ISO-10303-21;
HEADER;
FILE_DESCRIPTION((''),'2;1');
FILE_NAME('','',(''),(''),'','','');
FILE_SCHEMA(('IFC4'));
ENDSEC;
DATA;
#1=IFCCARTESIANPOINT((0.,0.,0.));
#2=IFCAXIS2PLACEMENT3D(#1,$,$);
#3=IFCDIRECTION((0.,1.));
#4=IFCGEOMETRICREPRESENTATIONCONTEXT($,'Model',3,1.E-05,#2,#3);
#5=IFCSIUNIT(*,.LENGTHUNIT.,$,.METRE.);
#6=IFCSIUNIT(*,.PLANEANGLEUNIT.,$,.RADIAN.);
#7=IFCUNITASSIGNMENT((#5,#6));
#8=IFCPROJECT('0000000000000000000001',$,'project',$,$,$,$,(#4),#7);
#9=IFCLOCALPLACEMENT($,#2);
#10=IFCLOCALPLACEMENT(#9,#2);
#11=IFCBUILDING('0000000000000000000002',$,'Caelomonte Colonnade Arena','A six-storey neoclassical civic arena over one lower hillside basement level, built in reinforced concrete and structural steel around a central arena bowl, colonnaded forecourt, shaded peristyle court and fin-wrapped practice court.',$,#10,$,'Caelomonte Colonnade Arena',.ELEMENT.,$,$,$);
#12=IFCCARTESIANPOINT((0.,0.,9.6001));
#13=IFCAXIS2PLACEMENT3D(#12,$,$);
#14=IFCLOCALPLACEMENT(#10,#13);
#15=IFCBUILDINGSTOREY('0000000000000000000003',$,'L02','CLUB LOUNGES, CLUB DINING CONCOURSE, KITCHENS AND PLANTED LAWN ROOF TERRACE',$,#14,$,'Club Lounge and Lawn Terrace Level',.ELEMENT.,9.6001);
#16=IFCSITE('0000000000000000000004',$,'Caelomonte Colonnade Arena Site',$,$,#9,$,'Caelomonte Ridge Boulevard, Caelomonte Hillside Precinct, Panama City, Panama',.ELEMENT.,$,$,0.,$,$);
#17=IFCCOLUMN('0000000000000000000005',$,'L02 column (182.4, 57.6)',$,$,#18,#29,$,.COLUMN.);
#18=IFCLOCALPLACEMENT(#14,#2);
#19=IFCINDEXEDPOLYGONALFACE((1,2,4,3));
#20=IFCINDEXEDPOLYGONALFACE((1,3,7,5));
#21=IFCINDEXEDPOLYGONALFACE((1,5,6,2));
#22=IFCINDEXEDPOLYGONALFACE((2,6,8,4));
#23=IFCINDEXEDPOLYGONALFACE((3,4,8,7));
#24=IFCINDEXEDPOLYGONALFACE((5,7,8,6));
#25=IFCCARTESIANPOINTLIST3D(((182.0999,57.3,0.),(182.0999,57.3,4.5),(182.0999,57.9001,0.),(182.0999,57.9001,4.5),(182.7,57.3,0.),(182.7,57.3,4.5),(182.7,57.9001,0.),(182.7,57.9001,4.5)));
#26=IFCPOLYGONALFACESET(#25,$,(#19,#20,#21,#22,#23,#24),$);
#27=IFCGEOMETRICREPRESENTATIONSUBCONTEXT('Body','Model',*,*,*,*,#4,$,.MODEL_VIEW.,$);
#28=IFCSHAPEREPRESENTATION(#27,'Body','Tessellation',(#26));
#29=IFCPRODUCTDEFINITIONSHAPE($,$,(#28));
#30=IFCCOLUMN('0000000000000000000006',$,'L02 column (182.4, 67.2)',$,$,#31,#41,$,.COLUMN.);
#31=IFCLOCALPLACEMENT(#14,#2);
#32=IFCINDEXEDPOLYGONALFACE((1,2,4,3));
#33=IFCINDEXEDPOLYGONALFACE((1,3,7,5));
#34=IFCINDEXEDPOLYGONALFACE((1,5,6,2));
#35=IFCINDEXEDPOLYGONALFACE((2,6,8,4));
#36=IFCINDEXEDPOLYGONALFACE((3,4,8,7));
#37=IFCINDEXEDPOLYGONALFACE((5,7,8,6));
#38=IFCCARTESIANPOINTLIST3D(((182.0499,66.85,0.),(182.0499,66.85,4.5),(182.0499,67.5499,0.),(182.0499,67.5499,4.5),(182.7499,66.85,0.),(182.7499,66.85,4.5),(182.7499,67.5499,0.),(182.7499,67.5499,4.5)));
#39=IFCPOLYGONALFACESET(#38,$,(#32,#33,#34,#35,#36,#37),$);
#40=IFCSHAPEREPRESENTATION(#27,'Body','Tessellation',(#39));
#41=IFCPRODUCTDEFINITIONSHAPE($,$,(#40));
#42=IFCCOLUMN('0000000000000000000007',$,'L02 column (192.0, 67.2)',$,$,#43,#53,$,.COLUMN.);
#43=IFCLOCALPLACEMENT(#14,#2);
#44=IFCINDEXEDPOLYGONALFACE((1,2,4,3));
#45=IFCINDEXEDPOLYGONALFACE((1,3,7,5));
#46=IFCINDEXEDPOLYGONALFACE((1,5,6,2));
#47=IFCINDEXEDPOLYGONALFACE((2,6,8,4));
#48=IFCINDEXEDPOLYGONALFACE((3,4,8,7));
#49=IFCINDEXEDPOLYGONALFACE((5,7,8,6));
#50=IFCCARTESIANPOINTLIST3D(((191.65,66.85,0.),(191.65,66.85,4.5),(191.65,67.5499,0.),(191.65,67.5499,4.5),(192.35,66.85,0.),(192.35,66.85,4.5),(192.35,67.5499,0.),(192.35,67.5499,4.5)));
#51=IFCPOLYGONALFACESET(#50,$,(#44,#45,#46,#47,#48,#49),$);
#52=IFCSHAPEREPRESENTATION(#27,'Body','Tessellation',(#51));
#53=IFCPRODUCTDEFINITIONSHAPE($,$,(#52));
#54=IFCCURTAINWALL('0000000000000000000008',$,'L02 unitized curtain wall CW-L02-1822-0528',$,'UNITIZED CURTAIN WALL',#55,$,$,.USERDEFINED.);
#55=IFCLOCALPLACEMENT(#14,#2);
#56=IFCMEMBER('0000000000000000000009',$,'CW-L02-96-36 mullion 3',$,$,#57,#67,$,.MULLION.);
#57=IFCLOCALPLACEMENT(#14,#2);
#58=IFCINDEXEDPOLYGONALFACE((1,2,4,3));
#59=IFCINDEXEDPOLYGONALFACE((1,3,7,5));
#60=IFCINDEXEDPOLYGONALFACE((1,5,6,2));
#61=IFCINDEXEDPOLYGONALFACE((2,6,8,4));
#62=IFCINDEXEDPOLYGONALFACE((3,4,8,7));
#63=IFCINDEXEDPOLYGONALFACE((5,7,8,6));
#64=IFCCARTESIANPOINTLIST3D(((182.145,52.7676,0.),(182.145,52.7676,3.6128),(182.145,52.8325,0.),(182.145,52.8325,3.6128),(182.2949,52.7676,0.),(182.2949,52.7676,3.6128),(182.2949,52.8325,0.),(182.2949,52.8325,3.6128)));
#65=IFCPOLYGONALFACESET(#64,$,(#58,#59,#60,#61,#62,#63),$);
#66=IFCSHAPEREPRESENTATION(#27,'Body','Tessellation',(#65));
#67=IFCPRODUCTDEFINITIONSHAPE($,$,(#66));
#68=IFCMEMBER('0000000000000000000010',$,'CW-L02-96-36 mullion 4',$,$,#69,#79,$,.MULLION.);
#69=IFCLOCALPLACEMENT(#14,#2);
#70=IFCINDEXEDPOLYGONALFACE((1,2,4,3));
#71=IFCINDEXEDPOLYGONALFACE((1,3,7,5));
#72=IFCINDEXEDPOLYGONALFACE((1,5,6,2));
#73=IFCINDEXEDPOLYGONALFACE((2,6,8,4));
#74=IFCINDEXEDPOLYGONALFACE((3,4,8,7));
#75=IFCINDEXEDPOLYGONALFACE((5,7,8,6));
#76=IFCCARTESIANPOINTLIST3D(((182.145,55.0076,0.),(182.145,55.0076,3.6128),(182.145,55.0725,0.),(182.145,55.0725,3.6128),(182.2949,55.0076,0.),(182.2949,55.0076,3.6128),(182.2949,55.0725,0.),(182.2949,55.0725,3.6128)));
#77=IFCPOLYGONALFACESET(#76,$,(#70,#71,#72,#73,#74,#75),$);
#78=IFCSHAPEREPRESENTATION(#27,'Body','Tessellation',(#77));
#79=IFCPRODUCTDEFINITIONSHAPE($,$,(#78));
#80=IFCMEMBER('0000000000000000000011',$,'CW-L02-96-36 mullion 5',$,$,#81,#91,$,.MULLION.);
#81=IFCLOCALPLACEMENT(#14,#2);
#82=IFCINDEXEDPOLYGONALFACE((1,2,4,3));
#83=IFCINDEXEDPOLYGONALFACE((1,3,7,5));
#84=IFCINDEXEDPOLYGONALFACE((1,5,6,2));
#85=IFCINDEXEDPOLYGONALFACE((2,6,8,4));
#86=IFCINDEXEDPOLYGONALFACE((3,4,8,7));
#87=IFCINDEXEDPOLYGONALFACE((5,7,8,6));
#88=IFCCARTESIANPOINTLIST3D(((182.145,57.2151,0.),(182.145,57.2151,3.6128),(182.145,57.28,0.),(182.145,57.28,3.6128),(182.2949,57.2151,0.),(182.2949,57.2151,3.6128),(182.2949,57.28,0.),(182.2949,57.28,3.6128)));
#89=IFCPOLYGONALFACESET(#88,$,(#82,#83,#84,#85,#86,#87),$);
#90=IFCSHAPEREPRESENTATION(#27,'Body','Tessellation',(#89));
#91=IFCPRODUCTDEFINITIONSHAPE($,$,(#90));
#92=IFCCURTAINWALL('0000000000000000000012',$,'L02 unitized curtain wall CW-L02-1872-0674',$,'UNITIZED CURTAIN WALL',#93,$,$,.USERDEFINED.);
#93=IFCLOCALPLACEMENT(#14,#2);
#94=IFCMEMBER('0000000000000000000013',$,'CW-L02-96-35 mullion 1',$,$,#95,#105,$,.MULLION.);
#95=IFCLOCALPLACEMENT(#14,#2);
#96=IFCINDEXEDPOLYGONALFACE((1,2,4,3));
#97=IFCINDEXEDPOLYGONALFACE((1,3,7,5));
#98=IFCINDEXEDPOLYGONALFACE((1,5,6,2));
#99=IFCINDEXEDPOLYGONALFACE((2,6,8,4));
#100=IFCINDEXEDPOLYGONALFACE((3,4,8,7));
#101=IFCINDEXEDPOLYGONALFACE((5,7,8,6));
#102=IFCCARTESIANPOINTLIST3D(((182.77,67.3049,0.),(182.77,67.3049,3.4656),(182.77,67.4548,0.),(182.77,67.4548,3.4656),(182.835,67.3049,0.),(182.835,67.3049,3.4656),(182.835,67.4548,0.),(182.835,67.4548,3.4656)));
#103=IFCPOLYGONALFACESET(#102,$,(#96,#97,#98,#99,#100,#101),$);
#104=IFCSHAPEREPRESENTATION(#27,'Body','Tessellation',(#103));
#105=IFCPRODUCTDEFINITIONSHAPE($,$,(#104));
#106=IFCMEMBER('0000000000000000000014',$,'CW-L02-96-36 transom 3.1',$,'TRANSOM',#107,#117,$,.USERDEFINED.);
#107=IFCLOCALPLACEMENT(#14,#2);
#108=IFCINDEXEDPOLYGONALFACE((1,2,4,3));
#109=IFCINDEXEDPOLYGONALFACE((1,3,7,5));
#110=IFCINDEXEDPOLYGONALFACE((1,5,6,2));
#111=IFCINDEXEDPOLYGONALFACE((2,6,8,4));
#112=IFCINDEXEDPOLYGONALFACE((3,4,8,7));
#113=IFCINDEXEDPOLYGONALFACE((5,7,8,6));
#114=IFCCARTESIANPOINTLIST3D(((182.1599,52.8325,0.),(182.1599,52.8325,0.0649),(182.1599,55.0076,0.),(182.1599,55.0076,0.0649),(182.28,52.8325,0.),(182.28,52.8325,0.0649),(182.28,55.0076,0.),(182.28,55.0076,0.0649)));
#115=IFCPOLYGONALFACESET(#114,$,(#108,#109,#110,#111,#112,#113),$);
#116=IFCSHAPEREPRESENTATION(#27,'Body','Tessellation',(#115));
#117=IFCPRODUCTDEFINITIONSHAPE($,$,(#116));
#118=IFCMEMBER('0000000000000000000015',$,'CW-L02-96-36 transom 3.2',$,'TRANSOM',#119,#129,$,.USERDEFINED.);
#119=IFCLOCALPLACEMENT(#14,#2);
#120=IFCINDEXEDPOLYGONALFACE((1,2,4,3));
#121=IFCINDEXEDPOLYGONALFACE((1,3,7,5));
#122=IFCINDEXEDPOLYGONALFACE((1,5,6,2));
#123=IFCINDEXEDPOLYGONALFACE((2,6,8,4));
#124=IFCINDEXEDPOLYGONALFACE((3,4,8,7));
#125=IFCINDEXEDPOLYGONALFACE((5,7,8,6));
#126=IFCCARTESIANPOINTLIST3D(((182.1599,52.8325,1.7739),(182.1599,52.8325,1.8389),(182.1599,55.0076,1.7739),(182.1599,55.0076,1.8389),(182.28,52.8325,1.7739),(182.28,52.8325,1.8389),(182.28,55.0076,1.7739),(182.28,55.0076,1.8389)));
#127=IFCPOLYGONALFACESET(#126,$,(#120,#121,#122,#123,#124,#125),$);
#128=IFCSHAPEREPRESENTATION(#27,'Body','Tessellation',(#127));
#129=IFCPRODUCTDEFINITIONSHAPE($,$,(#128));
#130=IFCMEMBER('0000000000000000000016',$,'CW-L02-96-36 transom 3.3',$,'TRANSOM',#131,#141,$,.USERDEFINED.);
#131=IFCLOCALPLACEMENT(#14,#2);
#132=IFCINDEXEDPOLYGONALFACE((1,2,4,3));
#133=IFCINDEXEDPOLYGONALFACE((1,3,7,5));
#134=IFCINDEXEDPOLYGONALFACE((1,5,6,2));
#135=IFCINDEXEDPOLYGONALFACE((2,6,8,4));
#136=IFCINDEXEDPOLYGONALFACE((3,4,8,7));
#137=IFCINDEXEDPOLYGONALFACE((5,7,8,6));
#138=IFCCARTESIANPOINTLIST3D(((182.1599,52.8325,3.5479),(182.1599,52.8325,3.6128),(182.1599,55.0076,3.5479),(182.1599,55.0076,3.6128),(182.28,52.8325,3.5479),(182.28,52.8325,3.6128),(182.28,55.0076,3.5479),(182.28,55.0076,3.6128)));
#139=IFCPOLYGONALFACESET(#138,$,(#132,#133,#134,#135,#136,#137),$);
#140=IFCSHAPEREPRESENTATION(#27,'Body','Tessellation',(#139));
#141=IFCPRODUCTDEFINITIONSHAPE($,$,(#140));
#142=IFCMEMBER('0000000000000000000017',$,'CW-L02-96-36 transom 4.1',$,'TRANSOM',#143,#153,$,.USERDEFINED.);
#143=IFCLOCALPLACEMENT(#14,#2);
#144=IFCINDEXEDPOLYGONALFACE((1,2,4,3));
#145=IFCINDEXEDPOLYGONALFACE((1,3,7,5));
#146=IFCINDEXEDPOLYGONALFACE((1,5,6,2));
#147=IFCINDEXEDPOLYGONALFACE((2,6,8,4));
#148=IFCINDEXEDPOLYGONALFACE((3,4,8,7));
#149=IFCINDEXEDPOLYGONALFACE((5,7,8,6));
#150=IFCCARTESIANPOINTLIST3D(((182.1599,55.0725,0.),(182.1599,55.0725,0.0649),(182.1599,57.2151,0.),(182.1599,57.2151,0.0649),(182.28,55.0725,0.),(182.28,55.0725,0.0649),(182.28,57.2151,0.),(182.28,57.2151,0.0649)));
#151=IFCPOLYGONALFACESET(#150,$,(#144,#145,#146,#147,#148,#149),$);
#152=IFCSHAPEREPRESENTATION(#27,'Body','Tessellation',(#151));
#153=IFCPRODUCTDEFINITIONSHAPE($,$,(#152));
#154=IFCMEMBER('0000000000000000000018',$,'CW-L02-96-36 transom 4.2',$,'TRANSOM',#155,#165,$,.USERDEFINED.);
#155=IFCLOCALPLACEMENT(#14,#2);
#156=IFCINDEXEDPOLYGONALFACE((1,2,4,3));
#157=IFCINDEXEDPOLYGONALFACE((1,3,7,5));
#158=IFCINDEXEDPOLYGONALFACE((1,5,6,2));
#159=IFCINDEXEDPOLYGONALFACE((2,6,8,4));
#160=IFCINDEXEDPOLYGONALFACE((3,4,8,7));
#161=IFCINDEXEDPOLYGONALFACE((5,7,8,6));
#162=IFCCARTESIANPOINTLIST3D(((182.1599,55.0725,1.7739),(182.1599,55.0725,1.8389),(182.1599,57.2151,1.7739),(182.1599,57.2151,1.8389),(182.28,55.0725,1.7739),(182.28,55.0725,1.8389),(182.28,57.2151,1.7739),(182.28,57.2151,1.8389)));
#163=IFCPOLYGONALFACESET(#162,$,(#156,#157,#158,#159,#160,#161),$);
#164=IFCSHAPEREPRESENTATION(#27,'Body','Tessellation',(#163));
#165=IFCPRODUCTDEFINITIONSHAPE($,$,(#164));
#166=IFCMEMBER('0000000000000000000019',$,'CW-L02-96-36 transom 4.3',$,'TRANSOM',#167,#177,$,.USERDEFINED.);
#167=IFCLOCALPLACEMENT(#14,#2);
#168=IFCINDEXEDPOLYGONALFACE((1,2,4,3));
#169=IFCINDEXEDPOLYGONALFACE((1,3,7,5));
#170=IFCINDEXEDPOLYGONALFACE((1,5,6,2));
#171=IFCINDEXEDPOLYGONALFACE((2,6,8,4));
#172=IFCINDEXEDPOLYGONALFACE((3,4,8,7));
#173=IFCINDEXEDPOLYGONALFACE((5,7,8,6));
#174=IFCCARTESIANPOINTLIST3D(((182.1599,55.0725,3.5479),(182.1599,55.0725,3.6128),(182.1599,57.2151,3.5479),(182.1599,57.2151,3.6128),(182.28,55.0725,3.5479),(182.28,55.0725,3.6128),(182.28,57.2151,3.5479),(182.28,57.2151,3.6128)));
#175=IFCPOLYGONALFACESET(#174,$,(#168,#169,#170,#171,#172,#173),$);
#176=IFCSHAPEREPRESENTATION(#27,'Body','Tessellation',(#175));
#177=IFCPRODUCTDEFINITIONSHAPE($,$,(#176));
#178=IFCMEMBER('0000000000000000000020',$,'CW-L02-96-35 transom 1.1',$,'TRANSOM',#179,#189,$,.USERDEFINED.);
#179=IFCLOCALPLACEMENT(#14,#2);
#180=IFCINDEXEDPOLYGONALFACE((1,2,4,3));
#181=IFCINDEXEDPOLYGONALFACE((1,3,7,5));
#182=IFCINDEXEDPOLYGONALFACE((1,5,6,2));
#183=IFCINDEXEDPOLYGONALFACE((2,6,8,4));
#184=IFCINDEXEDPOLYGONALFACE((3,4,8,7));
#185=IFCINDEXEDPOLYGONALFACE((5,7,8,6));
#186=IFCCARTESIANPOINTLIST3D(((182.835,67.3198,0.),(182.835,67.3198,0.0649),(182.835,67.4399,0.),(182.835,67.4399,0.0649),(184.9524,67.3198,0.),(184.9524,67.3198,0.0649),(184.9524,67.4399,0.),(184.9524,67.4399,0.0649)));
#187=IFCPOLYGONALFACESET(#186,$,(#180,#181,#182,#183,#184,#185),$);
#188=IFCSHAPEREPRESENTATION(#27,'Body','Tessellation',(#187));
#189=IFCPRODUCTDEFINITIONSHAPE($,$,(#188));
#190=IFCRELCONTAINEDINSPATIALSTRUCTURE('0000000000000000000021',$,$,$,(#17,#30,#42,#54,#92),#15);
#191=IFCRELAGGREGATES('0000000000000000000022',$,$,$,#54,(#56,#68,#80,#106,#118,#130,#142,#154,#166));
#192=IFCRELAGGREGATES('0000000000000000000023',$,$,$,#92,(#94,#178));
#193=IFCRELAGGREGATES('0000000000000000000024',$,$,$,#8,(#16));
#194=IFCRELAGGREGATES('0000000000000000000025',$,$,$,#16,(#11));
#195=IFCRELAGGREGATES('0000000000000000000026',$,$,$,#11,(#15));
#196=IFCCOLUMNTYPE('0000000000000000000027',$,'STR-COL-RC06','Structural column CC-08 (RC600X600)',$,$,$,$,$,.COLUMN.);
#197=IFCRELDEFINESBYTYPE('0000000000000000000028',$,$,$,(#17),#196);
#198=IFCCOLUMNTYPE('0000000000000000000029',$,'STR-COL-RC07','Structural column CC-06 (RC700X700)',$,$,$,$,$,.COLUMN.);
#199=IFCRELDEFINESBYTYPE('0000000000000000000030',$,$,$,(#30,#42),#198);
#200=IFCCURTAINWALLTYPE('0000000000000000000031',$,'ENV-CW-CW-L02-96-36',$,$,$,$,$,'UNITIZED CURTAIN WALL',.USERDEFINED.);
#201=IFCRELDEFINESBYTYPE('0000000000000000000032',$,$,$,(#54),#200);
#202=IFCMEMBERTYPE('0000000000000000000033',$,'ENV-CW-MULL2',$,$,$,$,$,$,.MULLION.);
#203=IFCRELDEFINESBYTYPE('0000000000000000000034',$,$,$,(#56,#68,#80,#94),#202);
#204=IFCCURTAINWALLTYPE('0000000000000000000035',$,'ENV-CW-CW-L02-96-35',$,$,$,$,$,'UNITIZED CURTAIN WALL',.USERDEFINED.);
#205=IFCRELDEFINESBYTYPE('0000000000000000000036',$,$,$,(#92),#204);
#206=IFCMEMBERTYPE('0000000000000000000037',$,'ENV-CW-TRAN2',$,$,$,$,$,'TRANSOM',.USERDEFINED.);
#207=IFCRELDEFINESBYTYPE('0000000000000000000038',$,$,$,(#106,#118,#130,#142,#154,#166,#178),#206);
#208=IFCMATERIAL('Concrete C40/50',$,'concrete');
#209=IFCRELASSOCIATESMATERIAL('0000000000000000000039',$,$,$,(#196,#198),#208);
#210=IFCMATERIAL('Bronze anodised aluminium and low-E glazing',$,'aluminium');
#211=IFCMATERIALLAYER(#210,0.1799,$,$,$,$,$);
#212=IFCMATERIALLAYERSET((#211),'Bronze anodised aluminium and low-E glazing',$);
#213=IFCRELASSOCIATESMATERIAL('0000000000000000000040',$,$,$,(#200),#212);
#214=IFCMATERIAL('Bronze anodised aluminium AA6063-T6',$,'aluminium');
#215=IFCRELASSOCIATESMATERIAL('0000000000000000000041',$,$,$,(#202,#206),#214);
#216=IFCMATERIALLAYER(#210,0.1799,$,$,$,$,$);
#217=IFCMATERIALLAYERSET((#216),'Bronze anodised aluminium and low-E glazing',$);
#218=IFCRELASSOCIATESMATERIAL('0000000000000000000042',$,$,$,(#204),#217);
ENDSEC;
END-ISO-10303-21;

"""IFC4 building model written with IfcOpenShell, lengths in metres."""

from ifc_helpers import new_model, si_unit, direction, frame, origin, origin_2d, place, context, subcontext, project, spatial, rectangle, extrude, material, layer, layer_set, material_profile, profile_set, type_object, element, aggregate, save


model = new_model("IFC4")

# Units and contexts
model_context = context("Model", 3, precision=1e-05, world=origin(), true_north=direction((0.0, 1.0)))
body_context = subcontext(model_context, "Body", "Model", "MODEL_VIEW")
ifc_project = project(units=[si_unit("LENGTHUNIT", "METRE"), si_unit("PLANEANGLEUNIT", "RADIAN")], contexts=[model_context])

# Site, building, storey
site_placement = place(None, origin())
site = spatial("IfcSite", under=ifc_project, at=site_placement, Name="Caelomonte Colonnade Arena Site", LongName="Caelomonte Ridge Boulevard, Caelomonte Hillside Precinct, Panama City, Panama", CompositionType="ELEMENT", RefElevation=0.0)
building_placement = place(site_placement, origin())
building = spatial("IfcBuilding", under=site, at=building_placement, Name="Caelomonte Colonnade Arena", Description="A six-storey neoclassical civic arena over one lower hillside basement level, built in reinforced concrete and structural steel around a central arena bowl, colonnaded forecourt, shaded peristyle court and fin-wrapped practice court.", LongName="Caelomonte Colonnade Arena", CompositionType="ELEMENT")
storey_placement = place(building_placement, frame((0.0, 0.0, 9.6001)))
storey = spatial("IfcBuildingStorey", under=building, at=storey_placement, Name="L02", Description="CLUB LOUNGES, CLUB DINING CONCOURSE, KITCHENS AND PLANTED LAWN ROOF TERRACE", LongName="Club Lounge and Lawn Terrace Level", CompositionType="ELEMENT", Elevation=9.6001)

# Columns
ifc_material_1 = material(Name="Concrete C40/50", Category="concrete")
ifc_material_profile_1 = material_profile(ifc_material_1, rectangle(XDim=0.6001, YDim=0.6001, at=origin_2d()), Name="RC600X600")
ifc_profile_set_1 = profile_set([ifc_material_profile_1], Name="Concrete C40/50")
column_type_1 = type_object("IfcColumnType", Name="STR-COL-RC06", Description="Structural column CC-08 (RC600X600)", PredefinedType="COLUMN", material=ifc_profile_set_1)
column_placement = place(storey_placement, frame((182.3999, 57.6001, 0.0), z_axis=(0.0, 0.0, 1.0), x_axis=(1.0, 0.0, 0.0)))
element("IfcColumn", 1, at=column_placement, inside=storey, type_object=column_type_1, Name="L02 column (182.4, 57.6)", PredefinedType="COLUMN", context=body_context, shape_type="SweptSolid", body=[
    extrude(rectangle(XDim=0.6001, YDim=0.6001, at=origin_2d()), origin(), (0.0, 0.0, 1.0), 4.5),
])
ifc_material_profile_2 = material_profile(ifc_material_1, rectangle(XDim=0.7, YDim=0.7, at=origin_2d()), Name="RC700X700")
ifc_profile_set_2 = profile_set([ifc_material_profile_2], Name="Concrete C40/50")
column_type_2 = type_object("IfcColumnType", Name="STR-COL-RC07", Description="Structural column CC-06 (RC700X700)", PredefinedType="COLUMN", material=ifc_profile_set_2)
for number, where, z_axis, x_axis, name in (
    (2, (182.3999, 67.2, 0.0), (0.0, 0.0, 1.0), (1.0, 0.0, 0.0), "L02 column (182.4, 67.2)"),
    (3, (192.0, 67.2, 0.0), (0.0, 0.0, 1.0), (1.0, 0.0, 0.0), "L02 column (192.0, 67.2)"),
):
    element("IfcColumn", number, at=place(storey_placement, frame(where, z_axis=z_axis, x_axis=x_axis)), inside=storey, type_object=column_type_2, Name=name, PredefinedType="COLUMN", context=body_context, shape_type="SweptSolid", body=[
        extrude(rectangle(XDim=0.7, YDim=0.7, at=origin_2d()), origin(), (0.0, 0.0, 1.0), 4.5),
    ])

# Curtain wall, members
ifc_material_2 = material(Name="Bronze anodised aluminium and low-E glazing", Category="aluminium")
ifc_layer_1 = layer(ifc_material_2, 0.1799)
ifc_layer_set_1 = layer_set([ifc_layer_1], Name="Bronze anodised aluminium and low-E glazing")
curtain_wall_type_1 = type_object("IfcCurtainWallType", Name="ENV-CW-CW-L02-96-36", ElementType="UNITIZED CURTAIN WALL", PredefinedType="USERDEFINED", material=ifc_layer_set_1)
curtain_wall_1_placement = place(storey_placement, origin())
curtain_wall_1 = element("IfcCurtainWall", 4, at=curtain_wall_1_placement, inside=storey, type_object=curtain_wall_type_1, Name="L02 unitized curtain wall CW-L02-1822-0528", ObjectType="UNITIZED CURTAIN WALL", PredefinedType="USERDEFINED")
ifc_material_3 = material(Name="Bronze anodised aluminium AA6063-T6", Category="aluminium")
ifc_material_profile_3 = material_profile(ifc_material_3, rectangle(XDim=0.0649, YDim=0.1499, at=origin_2d()), Name="CWM-65X150")
ifc_profile_set_3 = profile_set([ifc_material_profile_3], Name="Bronze anodised aluminium AA6063-T6")
member_type_1 = type_object("IfcMemberType", Name="ENV-CW-MULL2", PredefinedType="MULLION", material=ifc_profile_set_3)
member_1_placement = place(storey_placement, frame((182.22, 52.8, 0.0), z_axis=(0.0, 0.0, 1.0), x_axis=(0.0, 1.0, 0.0)))
member_1 = element("IfcMember", 5, at=member_1_placement, type_object=member_type_1, Name="CW-L02-96-36 mullion 3", PredefinedType="MULLION", context=body_context, shape_type="SweptSolid", body=[
    extrude(rectangle(XDim=0.0649, YDim=0.1499, at=origin_2d()), origin(), (0.0, 0.0, 1.0), 3.6128),
])
member_2_placement = place(storey_placement, frame((182.22, 55.04, 0.0), z_axis=(0.0, 0.0, 1.0), x_axis=(0.0, 1.0, 0.0)))
member_2 = element("IfcMember", 6, at=member_2_placement, type_object=member_type_1, Name="CW-L02-96-36 mullion 4", PredefinedType="MULLION", context=body_context, shape_type="SweptSolid", body=[
    extrude(rectangle(XDim=0.0649, YDim=0.1499, at=origin_2d()), origin(), (0.0, 0.0, 1.0), 3.6128),
])
member_3_placement = place(storey_placement, frame((182.22, 57.2476, 0.0), z_axis=(0.0, 0.0, 1.0), x_axis=(0.0, 1.0, 0.0)))
member_3 = element("IfcMember", 7, at=member_3_placement, type_object=member_type_1, Name="CW-L02-96-36 mullion 5", PredefinedType="MULLION", context=body_context, shape_type="SweptSolid", body=[
    extrude(rectangle(XDim=0.0649, YDim=0.1499, at=origin_2d()), origin(), (0.0, 0.0, 1.0), 3.6128),
])

# Curtain wall, member
ifc_layer_2 = layer(ifc_material_2, 0.1799)
ifc_layer_set_2 = layer_set([ifc_layer_2], Name="Bronze anodised aluminium and low-E glazing")
curtain_wall_type_2 = type_object("IfcCurtainWallType", Name="ENV-CW-CW-L02-96-35", ElementType="UNITIZED CURTAIN WALL", PredefinedType="USERDEFINED", material=ifc_layer_set_2)
curtain_wall_2_placement = place(storey_placement, origin())
curtain_wall_2 = element("IfcCurtainWall", 8, at=curtain_wall_2_placement, inside=storey, type_object=curtain_wall_type_2, Name="L02 unitized curtain wall CW-L02-1872-0674", ObjectType="UNITIZED CURTAIN WALL", PredefinedType="USERDEFINED")
member_4_placement = place(storey_placement, frame((182.8025, 67.3799, 0.0), z_axis=(0.0, 0.0, 1.0), x_axis=(1.0, 0.0, 0.0)))
member_4 = element("IfcMember", 9, at=member_4_placement, type_object=member_type_1, Name="CW-L02-96-35 mullion 1", PredefinedType="MULLION", context=body_context, shape_type="SweptSolid", body=[
    extrude(rectangle(XDim=0.0649, YDim=0.1499, at=origin_2d()), origin(), (0.0, 0.0, 1.0), 3.4656),
])

# Members
ifc_material_profile_4 = material_profile(ifc_material_3, rectangle(XDim=0.0649, YDim=0.1201, at=origin_2d()), Name="CWT-65X120")
ifc_profile_set_4 = profile_set([ifc_material_profile_4], Name="Bronze anodised aluminium AA6063-T6")
member_type_2 = type_object("IfcMemberType", Name="ENV-CW-TRAN2", ElementType="TRANSOM", PredefinedType="USERDEFINED", material=ifc_profile_set_4)
member_5_placement = place(storey_placement, frame((182.22, 52.8325, 0.0325), z_axis=(0.0, 1.0, 0.0), x_axis=(0.0, 0.0, 1.0)))
member_5 = element("IfcMember", 10, at=member_5_placement, type_object=member_type_2, Name="CW-L02-96-36 transom 3.1", ObjectType="TRANSOM", PredefinedType="USERDEFINED", context=body_context, shape_type="SweptSolid", body=[
    extrude(rectangle(XDim=0.0649, YDim=0.1201, at=origin_2d()), origin(), (0.0, 0.0, 1.0), 2.175),
])
member_6_placement = place(storey_placement, frame((182.22, 52.8325, 1.8064), z_axis=(0.0, 1.0, 0.0), x_axis=(0.0, 0.0, 1.0)))
member_6 = element("IfcMember", 11, at=member_6_placement, type_object=member_type_2, Name="CW-L02-96-36 transom 3.2", ObjectType="TRANSOM", PredefinedType="USERDEFINED", context=body_context, shape_type="SweptSolid", body=[
    extrude(rectangle(XDim=0.0649, YDim=0.1201, at=origin_2d()), origin(), (0.0, 0.0, 1.0), 2.175),
])
member_7_placement = place(storey_placement, frame((182.22, 52.8325, 3.5803), z_axis=(0.0, 1.0, 0.0), x_axis=(0.0, 0.0, 1.0)))
member_7 = element("IfcMember", 12, at=member_7_placement, type_object=member_type_2, Name="CW-L02-96-36 transom 3.3", ObjectType="TRANSOM", PredefinedType="USERDEFINED", context=body_context, shape_type="SweptSolid", body=[
    extrude(rectangle(XDim=0.0649, YDim=0.1201, at=origin_2d()), origin(), (0.0, 0.0, 1.0), 2.175),
])
member_8_placement = place(storey_placement, frame((182.22, 55.0725, 0.0325), z_axis=(0.0, 1.0, 0.0), x_axis=(0.0, 0.0, 1.0)))
member_8 = element("IfcMember", 13, at=member_8_placement, type_object=member_type_2, Name="CW-L02-96-36 transom 4.1", ObjectType="TRANSOM", PredefinedType="USERDEFINED", context=body_context, shape_type="SweptSolid", body=[
    extrude(rectangle(XDim=0.0649, YDim=0.1201, at=origin_2d()), origin(), (0.0, 0.0, 1.0), 2.1426),
])
member_9_placement = place(storey_placement, frame((182.22, 55.0725, 1.8064), z_axis=(0.0, 1.0, 0.0), x_axis=(0.0, 0.0, 1.0)))
member_9 = element("IfcMember", 14, at=member_9_placement, type_object=member_type_2, Name="CW-L02-96-36 transom 4.2", ObjectType="TRANSOM", PredefinedType="USERDEFINED", context=body_context, shape_type="SweptSolid", body=[
    extrude(rectangle(XDim=0.0649, YDim=0.1201, at=origin_2d()), origin(), (0.0, 0.0, 1.0), 2.1426),
])
member_10_placement = place(storey_placement, frame((182.22, 55.0725, 3.5803), z_axis=(0.0, 1.0, 0.0), x_axis=(0.0, 0.0, 1.0)))
member_10 = element("IfcMember", 15, at=member_10_placement, type_object=member_type_2, Name="CW-L02-96-36 transom 4.3", ObjectType="TRANSOM", PredefinedType="USERDEFINED", context=body_context, shape_type="SweptSolid", body=[
    extrude(rectangle(XDim=0.0649, YDim=0.1201, at=origin_2d()), origin(), (0.0, 0.0, 1.0), 2.1426),
])
member_11_placement = place(storey_placement, frame((182.835, 67.3799, 0.0325), z_axis=(1.0, 0.0, 0.0), x_axis=(0.0, 0.0, 1.0)))
member_11 = element("IfcMember", 16, at=member_11_placement, type_object=member_type_2, Name="CW-L02-96-35 transom 1.1", ObjectType="TRANSOM", PredefinedType="USERDEFINED", context=body_context, shape_type="SweptSolid", body=[
    extrude(rectangle(XDim=0.0649, YDim=0.1201, at=origin_2d()), origin(), (0.0, 0.0, 1.0), 2.1174),
])

aggregate(curtain_wall_1, [member_1, member_2, member_3, member_5, member_6, member_7, member_8, member_9, member_10])
aggregate(curtain_wall_2, [member_4, member_11])

save(model, "model.ifc")
